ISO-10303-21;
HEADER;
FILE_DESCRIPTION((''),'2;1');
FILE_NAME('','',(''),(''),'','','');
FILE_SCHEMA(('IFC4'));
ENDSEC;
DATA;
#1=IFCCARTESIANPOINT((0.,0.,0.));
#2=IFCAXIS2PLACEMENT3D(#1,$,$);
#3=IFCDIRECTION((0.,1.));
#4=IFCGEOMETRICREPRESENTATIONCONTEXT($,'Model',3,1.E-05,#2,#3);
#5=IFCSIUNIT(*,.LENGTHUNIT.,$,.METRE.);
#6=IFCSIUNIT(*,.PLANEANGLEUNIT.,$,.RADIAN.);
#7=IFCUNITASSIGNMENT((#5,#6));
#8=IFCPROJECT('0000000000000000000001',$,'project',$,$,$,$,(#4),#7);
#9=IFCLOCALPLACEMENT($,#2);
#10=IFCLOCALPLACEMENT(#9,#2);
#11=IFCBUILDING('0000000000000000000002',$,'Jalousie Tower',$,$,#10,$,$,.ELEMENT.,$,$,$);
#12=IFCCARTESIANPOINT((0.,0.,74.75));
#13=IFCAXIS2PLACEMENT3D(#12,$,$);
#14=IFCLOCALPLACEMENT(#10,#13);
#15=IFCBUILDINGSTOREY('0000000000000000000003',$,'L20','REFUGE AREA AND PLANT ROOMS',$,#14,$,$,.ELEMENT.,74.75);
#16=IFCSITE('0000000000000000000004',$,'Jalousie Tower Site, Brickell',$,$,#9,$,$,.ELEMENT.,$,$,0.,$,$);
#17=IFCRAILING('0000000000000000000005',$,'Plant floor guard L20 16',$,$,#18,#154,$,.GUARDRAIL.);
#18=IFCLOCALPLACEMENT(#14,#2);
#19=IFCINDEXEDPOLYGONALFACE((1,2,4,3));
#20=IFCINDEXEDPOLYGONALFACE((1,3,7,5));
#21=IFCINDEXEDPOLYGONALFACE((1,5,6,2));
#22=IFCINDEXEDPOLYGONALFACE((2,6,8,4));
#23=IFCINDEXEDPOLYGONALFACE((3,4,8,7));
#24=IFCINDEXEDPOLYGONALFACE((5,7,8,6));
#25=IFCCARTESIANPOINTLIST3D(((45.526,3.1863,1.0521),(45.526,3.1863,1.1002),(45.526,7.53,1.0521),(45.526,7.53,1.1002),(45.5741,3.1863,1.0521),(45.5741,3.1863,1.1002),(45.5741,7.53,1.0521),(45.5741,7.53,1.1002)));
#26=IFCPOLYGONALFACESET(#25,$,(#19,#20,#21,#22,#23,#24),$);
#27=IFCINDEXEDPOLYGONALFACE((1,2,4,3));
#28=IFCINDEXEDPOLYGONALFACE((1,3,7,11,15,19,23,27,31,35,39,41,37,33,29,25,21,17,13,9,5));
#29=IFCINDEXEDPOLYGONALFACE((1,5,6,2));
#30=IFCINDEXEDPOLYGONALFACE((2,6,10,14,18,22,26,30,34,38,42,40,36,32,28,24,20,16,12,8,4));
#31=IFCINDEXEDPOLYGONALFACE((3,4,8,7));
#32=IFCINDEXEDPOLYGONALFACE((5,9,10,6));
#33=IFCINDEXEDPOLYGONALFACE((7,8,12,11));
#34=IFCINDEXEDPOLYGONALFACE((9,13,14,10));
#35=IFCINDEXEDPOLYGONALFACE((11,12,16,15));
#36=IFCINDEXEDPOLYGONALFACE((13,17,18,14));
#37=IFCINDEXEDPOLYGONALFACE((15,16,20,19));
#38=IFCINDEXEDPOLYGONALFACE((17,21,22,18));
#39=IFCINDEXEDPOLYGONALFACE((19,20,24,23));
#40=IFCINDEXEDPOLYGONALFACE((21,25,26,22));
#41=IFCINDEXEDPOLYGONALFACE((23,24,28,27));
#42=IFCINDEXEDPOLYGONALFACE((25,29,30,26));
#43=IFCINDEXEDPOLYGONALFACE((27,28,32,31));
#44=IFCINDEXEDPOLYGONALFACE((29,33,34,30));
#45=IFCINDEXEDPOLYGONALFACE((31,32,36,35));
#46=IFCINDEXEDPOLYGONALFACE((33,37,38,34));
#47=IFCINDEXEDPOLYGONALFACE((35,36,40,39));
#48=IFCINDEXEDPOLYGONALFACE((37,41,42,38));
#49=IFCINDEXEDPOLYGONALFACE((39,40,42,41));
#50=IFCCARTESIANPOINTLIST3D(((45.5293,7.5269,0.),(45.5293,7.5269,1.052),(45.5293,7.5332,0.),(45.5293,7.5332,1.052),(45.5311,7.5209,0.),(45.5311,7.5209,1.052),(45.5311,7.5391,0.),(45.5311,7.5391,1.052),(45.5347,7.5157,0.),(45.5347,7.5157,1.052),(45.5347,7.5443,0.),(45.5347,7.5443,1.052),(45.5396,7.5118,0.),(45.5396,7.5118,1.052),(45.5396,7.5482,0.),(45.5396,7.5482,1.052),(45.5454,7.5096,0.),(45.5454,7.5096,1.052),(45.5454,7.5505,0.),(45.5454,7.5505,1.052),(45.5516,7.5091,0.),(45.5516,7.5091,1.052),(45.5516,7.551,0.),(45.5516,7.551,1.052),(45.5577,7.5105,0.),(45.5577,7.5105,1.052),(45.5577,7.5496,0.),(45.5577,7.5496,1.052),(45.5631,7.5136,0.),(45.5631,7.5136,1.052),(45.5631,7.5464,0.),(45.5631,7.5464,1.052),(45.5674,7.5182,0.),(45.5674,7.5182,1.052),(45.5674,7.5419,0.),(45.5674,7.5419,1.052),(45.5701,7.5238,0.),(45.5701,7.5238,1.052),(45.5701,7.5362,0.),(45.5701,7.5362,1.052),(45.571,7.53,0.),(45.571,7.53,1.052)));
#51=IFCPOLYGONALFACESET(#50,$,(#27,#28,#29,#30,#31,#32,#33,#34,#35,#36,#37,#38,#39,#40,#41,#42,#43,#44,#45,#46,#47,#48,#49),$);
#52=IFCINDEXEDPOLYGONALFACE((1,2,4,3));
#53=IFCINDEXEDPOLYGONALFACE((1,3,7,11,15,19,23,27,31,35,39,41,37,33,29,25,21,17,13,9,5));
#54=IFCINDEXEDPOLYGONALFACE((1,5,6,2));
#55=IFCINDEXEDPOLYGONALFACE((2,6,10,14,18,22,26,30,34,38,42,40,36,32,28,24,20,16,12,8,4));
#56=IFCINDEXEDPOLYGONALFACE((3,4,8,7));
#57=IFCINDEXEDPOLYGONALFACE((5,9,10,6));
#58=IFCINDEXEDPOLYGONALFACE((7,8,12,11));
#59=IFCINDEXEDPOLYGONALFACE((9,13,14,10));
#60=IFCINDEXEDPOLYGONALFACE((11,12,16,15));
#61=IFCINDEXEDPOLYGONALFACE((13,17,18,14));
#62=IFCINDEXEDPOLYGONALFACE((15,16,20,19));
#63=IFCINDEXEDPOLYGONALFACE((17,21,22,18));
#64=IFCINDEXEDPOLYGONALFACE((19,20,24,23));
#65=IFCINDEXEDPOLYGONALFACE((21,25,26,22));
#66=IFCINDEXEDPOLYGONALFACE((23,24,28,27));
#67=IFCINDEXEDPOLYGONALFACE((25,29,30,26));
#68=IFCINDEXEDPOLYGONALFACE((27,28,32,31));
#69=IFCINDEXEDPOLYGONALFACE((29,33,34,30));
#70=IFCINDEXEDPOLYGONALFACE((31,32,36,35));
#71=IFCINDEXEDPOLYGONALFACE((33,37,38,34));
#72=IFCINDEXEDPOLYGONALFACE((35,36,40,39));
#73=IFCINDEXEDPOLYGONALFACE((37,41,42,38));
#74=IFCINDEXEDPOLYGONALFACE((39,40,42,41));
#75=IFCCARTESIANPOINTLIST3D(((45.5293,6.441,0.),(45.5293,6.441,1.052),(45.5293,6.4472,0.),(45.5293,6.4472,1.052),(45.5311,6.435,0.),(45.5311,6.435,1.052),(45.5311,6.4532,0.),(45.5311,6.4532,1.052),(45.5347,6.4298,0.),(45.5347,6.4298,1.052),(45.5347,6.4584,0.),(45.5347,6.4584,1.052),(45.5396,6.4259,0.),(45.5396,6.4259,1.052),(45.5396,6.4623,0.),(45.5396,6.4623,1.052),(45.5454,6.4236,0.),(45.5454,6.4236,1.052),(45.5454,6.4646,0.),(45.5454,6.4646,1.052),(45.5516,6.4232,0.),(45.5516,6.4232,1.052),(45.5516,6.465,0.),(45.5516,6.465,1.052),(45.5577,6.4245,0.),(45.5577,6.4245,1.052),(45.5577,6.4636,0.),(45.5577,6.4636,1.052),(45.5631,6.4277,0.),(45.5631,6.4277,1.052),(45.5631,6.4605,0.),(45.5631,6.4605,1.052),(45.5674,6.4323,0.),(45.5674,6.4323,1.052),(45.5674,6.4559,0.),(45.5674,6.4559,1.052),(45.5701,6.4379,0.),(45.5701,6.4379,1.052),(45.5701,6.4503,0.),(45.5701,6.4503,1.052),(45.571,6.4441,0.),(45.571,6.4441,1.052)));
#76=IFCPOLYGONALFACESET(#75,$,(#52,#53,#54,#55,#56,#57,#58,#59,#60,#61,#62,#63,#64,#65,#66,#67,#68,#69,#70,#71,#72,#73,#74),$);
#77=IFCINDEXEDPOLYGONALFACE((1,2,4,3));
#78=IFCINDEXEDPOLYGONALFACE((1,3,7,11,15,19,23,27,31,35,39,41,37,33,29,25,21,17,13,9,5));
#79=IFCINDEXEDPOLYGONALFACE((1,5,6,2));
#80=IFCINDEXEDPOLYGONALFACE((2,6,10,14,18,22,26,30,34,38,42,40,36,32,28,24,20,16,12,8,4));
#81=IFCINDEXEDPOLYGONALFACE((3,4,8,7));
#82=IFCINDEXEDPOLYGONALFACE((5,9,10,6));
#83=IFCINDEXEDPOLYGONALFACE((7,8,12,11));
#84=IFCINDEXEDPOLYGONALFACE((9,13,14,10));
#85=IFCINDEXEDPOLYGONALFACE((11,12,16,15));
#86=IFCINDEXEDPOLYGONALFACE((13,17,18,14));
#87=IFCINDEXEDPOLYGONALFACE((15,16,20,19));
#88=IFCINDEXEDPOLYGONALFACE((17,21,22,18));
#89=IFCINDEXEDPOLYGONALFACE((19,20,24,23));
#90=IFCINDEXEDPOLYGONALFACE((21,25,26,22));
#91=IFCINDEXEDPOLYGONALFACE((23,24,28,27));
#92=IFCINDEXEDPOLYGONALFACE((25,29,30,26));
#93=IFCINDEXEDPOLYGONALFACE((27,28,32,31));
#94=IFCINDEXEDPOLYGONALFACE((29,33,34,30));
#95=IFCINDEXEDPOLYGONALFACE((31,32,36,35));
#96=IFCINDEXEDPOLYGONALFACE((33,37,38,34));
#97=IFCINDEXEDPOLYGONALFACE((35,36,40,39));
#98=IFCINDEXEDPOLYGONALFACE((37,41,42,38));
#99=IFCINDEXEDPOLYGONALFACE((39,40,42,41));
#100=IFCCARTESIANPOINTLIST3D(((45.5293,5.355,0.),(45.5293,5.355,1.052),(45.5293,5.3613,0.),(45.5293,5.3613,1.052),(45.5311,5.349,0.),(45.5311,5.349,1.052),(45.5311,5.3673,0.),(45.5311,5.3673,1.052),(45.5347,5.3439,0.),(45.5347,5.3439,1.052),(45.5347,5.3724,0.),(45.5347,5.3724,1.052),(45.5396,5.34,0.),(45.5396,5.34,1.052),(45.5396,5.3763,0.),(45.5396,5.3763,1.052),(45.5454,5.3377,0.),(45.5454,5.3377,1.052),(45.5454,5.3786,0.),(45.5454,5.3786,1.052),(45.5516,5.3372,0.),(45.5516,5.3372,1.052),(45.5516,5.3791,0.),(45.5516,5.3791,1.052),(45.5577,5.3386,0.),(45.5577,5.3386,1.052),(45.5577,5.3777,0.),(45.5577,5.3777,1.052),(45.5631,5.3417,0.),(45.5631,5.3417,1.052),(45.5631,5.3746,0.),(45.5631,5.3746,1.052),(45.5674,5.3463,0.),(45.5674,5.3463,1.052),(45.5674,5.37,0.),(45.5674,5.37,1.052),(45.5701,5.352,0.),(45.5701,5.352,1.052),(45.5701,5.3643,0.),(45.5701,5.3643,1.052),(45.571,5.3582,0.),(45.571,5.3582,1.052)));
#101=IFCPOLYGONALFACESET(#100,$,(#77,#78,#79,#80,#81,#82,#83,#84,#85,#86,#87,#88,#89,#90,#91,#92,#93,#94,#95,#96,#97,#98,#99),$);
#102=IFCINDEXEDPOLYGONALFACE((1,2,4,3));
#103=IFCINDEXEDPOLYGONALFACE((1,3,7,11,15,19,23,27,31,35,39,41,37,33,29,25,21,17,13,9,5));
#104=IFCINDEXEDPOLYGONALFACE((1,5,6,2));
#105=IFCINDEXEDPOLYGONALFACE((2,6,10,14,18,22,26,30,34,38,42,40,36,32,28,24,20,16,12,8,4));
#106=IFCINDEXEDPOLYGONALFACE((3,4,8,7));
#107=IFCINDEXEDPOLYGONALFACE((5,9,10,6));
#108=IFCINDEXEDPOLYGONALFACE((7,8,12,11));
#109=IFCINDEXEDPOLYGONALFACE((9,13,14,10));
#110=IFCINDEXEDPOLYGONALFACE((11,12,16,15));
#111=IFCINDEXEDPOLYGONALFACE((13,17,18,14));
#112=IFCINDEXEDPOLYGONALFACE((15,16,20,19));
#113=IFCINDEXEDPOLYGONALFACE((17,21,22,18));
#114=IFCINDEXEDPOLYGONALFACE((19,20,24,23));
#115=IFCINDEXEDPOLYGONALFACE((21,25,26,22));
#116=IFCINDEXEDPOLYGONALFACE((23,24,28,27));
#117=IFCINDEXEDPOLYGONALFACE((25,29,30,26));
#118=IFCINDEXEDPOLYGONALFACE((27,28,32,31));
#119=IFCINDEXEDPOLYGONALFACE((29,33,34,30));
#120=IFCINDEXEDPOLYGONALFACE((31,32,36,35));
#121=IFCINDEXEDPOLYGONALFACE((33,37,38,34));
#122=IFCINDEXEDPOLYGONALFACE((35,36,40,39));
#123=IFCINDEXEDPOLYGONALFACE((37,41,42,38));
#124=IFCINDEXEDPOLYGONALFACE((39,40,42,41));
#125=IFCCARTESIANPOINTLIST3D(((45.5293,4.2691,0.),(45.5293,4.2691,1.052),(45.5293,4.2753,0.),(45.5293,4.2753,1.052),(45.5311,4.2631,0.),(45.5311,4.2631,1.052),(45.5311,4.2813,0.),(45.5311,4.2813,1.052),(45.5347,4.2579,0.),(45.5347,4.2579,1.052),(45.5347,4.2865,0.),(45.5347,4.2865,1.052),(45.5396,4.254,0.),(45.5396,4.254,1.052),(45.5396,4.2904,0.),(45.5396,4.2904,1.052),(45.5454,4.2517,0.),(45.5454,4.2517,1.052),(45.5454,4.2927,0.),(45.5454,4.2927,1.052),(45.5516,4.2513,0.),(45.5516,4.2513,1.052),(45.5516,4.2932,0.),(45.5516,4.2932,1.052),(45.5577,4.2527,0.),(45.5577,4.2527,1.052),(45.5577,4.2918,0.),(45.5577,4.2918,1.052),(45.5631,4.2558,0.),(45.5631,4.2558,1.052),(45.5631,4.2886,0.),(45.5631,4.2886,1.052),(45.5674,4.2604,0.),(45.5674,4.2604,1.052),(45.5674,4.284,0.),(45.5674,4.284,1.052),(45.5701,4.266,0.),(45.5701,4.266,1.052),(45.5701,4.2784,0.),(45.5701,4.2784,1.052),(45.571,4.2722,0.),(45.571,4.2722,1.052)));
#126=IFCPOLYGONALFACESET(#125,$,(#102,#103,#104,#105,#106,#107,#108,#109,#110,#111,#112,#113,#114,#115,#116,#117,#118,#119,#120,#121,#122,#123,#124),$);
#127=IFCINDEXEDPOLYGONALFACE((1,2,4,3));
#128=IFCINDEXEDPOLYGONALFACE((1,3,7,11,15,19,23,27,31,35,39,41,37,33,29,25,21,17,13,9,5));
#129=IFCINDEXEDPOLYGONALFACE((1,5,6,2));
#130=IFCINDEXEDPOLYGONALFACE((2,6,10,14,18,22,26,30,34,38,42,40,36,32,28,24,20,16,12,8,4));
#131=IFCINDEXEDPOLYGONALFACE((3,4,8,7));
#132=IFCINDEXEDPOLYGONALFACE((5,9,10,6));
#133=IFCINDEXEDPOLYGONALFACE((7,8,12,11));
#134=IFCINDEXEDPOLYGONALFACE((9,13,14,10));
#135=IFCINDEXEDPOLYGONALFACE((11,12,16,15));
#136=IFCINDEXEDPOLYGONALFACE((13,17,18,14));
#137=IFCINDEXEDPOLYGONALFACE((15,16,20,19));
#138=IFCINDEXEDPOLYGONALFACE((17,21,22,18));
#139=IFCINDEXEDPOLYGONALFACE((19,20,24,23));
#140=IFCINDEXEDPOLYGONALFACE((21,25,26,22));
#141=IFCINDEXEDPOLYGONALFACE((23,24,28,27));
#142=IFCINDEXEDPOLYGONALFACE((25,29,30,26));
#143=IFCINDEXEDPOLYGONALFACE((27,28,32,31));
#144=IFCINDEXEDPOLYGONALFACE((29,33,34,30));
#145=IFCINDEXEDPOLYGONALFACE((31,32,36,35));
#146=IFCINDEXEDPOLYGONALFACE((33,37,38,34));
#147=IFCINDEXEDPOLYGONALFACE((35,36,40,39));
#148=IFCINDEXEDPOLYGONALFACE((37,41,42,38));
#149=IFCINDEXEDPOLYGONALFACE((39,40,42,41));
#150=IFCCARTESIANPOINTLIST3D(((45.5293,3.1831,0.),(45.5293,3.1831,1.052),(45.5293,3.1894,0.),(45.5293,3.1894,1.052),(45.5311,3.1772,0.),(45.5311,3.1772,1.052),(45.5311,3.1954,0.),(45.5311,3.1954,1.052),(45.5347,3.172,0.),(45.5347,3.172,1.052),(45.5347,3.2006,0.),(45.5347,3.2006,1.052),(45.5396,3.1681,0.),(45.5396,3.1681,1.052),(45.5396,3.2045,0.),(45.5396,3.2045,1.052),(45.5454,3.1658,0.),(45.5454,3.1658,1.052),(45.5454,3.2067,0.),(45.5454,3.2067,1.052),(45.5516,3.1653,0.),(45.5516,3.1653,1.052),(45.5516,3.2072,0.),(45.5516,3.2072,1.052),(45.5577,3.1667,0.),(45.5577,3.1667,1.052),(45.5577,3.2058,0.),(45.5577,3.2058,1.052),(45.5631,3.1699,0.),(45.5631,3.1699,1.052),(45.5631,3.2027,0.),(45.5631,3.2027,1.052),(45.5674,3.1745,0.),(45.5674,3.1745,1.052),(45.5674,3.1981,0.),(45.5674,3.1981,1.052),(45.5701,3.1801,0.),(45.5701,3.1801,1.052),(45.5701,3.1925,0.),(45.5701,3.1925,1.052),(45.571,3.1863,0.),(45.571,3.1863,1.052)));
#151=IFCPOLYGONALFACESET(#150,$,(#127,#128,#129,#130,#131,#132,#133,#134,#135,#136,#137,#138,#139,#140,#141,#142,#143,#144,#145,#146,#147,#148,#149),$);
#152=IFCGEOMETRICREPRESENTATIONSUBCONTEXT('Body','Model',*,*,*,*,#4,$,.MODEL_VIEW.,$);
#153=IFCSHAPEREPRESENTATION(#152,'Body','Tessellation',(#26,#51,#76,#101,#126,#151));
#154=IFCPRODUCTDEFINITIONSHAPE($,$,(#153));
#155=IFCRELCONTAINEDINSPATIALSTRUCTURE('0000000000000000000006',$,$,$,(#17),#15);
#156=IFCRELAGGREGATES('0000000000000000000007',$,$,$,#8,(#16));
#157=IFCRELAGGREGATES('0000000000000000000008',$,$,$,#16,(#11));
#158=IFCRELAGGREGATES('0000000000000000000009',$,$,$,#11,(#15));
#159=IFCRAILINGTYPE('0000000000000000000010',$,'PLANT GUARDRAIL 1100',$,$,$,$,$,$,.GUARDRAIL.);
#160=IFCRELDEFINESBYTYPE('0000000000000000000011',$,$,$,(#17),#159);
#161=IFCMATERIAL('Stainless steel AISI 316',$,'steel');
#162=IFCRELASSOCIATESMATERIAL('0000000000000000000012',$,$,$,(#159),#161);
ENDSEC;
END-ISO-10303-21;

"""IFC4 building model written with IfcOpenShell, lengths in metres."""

from ifc_helpers import new_model, si_unit, direction, frame, origin, origin_2d, place, context, subcontext, project, spatial, rectangle, circle, extrude, material, type_object, element, save


model = new_model("IFC4")

# Units and contexts
model_context = context("Model", 3, precision=1e-05, world=origin(), true_north=direction((0.0, 1.0)))
body_context = subcontext(model_context, "Body", "Model", "MODEL_VIEW")
ifc_project = project(units=[si_unit("LENGTHUNIT", "METRE"), si_unit("PLANEANGLEUNIT", "RADIAN")], contexts=[model_context])

# Site, building, storey
site_placement = place(None, origin())
site = spatial("IfcSite", under=ifc_project, at=site_placement, Name="Jalousie Tower Site, Brickell", CompositionType="ELEMENT", RefElevation=0.0)
building_placement = place(site_placement, origin())
building = spatial("IfcBuilding", under=site, at=building_placement, Name="Jalousie Tower", CompositionType="ELEMENT")
storey_placement = place(building_placement, frame((0.0, 0.0, 74.75)))
storey = spatial("IfcBuildingStorey", under=building, at=storey_placement, Name="L20", Description="REFUGE AREA AND PLANT ROOMS", CompositionType="ELEMENT", Elevation=74.75)

# Railing
ifc_material_1 = material(Name="Stainless steel AISI 316", Category="steel")
railing_type_1 = type_object("IfcRailingType", Name="PLANT GUARDRAIL 1100", PredefinedType="GUARDRAIL", material=ifc_material_1)
railing_1_placement = place(storey_placement, frame((45.55, 7.53, 0.0)))
element("IfcRailing", 1, at=railing_1_placement, inside=storey, type_object=railing_type_1, Name="Plant floor guard L20 16", PredefinedType="GUARDRAIL", context=body_context, shape_type="SweptSolid", body=[
    extrude(rectangle(XDim=0.0481, YDim=0.0481, at=origin_2d()), frame((0.0, 0.0, 1.0762), z_axis=(0.0, -1.0, 0.0), x_axis=(1.0, 0.0, 0.0)), (0.0, 0.0, 1.0), 4.3438),
    extrude(circle(Radius=0.021, at=origin_2d()), origin(), (0.0, 0.0, 1.0), 1.052),
    extrude(circle(Radius=0.021, at=origin_2d()), frame((0.0, -1.0859, 0.0)), (0.0, 0.0, 1.0), 1.052),
    extrude(circle(Radius=0.021, at=origin_2d()), frame((0.0, -2.1719, 0.0)), (0.0, 0.0, 1.0), 1.052),
    extrude(circle(Radius=0.021, at=origin_2d()), frame((0.0, -3.2578, 0.0)), (0.0, 0.0, 1.0), 1.052),
    extrude(circle(Radius=0.021, at=origin_2d()), frame((0.0, -4.3438, 0.0)), (0.0, 0.0, 1.0), 1.052),
])

save(model, "model.ifc")
